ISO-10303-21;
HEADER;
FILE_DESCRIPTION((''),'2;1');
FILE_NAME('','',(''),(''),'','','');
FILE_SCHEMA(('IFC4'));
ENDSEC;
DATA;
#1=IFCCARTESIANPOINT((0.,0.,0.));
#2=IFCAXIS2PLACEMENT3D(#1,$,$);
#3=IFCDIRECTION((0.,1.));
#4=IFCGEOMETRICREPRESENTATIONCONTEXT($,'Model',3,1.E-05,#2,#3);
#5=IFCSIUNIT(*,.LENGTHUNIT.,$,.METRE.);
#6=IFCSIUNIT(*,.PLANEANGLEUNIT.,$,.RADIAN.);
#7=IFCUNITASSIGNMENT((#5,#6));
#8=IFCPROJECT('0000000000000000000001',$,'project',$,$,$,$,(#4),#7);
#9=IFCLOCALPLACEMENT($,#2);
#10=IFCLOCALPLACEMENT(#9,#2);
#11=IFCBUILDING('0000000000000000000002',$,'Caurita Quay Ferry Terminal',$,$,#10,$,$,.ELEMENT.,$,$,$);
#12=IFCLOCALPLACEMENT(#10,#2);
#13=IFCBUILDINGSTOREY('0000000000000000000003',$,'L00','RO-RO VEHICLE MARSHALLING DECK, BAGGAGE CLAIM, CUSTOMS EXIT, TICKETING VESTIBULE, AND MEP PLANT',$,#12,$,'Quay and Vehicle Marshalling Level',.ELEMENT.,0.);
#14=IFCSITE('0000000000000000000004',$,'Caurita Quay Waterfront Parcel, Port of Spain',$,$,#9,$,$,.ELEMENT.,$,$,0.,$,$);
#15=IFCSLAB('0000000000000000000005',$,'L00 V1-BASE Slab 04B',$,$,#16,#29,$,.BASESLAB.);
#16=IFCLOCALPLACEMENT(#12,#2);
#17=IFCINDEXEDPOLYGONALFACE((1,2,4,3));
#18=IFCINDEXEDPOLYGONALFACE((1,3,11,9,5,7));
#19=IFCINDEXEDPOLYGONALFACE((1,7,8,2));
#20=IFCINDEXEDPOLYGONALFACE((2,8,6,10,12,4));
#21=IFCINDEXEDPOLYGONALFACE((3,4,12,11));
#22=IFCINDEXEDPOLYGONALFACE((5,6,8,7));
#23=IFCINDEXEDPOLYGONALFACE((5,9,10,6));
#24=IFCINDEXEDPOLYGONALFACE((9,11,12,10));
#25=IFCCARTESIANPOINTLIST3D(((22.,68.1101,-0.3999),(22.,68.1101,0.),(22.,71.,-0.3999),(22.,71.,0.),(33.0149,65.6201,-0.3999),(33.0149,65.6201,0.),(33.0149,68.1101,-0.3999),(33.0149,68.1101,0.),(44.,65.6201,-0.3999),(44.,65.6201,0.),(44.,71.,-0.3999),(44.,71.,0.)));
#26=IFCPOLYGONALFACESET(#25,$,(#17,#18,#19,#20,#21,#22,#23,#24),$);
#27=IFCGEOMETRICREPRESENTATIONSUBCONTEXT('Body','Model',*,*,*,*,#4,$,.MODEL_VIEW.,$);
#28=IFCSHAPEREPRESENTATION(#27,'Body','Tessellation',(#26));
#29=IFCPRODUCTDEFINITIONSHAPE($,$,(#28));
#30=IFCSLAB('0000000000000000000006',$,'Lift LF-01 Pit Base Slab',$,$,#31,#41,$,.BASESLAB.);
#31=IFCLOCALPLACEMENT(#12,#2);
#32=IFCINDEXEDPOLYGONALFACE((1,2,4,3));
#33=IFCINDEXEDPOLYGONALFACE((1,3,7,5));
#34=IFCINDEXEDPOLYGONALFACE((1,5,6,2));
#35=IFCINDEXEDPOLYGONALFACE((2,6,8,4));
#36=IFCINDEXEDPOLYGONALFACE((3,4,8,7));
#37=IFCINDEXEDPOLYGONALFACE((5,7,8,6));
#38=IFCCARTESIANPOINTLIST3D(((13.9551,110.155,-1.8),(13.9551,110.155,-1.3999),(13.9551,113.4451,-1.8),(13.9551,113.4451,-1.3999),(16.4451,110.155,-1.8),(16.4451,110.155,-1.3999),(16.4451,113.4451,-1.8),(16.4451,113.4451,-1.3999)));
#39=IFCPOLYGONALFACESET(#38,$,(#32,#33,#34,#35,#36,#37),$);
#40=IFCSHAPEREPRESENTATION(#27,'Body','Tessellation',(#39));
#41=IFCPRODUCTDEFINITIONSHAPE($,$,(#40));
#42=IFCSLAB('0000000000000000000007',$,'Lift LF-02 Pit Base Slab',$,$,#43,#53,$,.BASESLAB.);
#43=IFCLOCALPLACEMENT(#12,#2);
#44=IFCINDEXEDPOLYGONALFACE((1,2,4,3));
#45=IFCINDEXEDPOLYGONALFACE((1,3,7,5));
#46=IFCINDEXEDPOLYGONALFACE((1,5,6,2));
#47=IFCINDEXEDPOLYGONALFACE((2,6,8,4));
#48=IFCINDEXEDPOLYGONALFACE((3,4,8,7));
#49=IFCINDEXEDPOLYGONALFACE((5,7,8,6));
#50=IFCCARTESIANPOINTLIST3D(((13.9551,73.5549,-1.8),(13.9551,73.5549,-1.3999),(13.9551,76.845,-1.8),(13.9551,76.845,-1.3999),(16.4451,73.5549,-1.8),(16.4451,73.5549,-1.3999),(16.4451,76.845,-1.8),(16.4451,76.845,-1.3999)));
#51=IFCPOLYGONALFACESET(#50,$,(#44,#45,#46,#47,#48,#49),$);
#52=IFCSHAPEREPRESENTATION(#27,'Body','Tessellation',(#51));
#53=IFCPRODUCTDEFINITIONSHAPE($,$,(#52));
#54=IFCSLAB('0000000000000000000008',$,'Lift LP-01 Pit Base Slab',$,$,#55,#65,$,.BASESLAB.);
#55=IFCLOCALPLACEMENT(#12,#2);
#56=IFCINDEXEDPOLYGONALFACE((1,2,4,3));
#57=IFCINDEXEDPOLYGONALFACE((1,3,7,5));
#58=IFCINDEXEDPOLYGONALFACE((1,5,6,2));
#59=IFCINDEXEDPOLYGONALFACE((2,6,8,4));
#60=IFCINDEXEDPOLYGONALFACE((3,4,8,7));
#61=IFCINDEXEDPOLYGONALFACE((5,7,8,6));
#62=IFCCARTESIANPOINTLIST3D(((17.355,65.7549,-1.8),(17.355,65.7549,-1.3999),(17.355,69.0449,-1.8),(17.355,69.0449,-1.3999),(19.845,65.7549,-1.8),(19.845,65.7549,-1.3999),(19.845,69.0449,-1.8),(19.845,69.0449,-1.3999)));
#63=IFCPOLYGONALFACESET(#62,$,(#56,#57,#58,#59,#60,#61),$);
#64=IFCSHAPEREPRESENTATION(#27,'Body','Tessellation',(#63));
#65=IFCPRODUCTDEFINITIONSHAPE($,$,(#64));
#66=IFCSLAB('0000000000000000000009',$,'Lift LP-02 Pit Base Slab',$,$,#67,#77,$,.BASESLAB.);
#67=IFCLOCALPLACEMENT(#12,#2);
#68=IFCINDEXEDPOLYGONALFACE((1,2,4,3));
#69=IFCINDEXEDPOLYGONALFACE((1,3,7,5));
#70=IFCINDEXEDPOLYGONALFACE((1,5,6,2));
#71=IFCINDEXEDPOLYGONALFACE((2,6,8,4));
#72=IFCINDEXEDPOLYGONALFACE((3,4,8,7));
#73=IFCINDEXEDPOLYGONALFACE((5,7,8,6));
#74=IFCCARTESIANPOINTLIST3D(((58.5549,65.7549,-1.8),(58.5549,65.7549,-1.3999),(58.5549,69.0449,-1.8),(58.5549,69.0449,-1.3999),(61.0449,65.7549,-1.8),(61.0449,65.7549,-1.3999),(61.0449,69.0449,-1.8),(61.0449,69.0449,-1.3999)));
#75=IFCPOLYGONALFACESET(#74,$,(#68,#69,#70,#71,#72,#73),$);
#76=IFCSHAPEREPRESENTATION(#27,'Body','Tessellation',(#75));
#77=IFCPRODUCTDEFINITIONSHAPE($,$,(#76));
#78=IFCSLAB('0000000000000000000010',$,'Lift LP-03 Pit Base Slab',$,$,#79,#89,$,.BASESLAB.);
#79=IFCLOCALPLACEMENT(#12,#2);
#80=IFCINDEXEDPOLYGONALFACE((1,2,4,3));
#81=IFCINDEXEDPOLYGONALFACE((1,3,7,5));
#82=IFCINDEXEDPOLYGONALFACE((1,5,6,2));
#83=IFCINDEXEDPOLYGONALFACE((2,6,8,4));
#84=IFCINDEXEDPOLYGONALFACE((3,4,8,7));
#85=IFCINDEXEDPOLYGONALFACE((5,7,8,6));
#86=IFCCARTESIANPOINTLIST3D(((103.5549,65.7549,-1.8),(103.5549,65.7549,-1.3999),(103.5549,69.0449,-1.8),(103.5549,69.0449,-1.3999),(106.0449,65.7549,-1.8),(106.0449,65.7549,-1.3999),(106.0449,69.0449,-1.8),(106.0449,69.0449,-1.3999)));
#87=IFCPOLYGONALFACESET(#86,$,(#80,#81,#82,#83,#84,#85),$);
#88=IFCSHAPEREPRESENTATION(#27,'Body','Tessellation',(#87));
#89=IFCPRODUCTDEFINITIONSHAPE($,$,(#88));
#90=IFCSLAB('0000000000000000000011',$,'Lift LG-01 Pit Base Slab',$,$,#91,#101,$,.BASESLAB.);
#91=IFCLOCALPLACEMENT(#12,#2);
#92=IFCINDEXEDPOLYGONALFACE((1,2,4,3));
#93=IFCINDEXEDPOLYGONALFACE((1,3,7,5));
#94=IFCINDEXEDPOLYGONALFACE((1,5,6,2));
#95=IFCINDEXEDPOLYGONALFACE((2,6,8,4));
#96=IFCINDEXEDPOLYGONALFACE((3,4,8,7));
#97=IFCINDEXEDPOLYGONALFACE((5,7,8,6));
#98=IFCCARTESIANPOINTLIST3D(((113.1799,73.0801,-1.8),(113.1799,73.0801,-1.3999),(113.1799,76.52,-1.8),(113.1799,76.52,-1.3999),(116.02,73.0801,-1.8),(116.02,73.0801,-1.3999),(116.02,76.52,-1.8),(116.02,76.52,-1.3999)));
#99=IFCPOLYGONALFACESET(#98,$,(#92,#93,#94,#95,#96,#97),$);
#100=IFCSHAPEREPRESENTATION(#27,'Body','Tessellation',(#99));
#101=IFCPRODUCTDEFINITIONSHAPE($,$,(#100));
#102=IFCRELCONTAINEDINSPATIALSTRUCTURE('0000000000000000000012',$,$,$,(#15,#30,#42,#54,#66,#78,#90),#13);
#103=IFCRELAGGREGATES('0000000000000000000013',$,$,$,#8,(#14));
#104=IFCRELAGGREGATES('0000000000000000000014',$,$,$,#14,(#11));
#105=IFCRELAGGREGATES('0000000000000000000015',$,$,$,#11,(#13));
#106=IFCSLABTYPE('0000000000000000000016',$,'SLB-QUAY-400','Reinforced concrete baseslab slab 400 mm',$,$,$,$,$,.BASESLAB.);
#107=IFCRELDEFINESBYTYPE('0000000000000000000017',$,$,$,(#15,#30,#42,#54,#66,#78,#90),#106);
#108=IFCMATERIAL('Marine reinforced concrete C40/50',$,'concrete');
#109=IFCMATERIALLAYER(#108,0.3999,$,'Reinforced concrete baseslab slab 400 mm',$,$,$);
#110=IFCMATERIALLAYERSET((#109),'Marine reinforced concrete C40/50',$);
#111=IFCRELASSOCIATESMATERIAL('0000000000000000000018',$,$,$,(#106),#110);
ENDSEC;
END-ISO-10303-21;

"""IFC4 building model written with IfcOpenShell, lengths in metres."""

from ifc_helpers import new_model, si_unit, direction, frame, origin, place, context, subcontext, project, spatial, polyline, outline, extrude, material, layer, layer_set, type_object, element, save


model = new_model("IFC4")

# Units and contexts
model_context = context("Model", 3, precision=1e-05, world=origin(), true_north=direction((0.0, 1.0)))
body_context = subcontext(model_context, "Body", "Model", "MODEL_VIEW")
ifc_project = project(units=[si_unit("LENGTHUNIT", "METRE"), si_unit("PLANEANGLEUNIT", "RADIAN")], contexts=[model_context])

# Site, building, storey
site_placement = place(None, origin())
site = spatial("IfcSite", under=ifc_project, at=site_placement, Name="Caurita Quay Waterfront Parcel, Port of Spain", CompositionType="ELEMENT", RefElevation=0.0)
building_placement = place(site_placement, origin())
building = spatial("IfcBuilding", under=site, at=building_placement, Name="Caurita Quay Ferry Terminal", CompositionType="ELEMENT")
storey_placement = place(building_placement, origin())
storey = spatial("IfcBuildingStorey", under=building, at=storey_placement, Name="L00", Description="RO-RO VEHICLE MARSHALLING DECK, BAGGAGE CLAIM, CUSTOMS EXIT, TICKETING VESTIBULE, AND MEP PLANT", LongName="Quay and Vehicle Marshalling Level", CompositionType="ELEMENT", Elevation=0.0)

# Shared definitions
ifc_material_1 = material(Name="Marine reinforced concrete C40/50", Category="concrete")

# Slabs
ifc_layer_1 = layer(ifc_material_1, 0.3999, Name="Reinforced concrete baseslab slab 400 mm")
ifc_layer_set_1 = layer_set([ifc_layer_1], Name="Marine reinforced concrete C40/50")
slab_type_1 = type_object("IfcSlabType", Name="SLB-QUAY-400", Description="Reinforced concrete baseslab slab 400 mm", PredefinedType="BASESLAB", material=ifc_layer_set_1)
slab_1_placement = place(storey_placement, frame((0.0, 0.0, -0.3999)))
element("IfcSlab", 1, at=slab_1_placement, inside=storey, type_object=slab_type_1, Name="L00 V1-BASE Slab 04B", PredefinedType="BASESLAB", context=body_context, shape_type="SweptSolid", body=[
    extrude(outline(polyline([(33.0149, 65.6201), (44.0, 65.6201), (44.0, 71.0), (22.0, 71.0), (22.0, 68.1101), (33.0149, 68.1101), (33.0149, 65.6201)])), origin(), (0.0, 0.0, 1.0), 0.3999),
])
slab_2_placement = place(storey_placement, frame((0.0, 0.0, -1.8)))
element("IfcSlab", 2, at=slab_2_placement, inside=storey, type_object=slab_type_1, Name="Lift LF-01 Pit Base Slab", PredefinedType="BASESLAB", context=body_context, shape_type="SweptSolid", body=[
    extrude(outline(polyline([(13.9551, 110.155), (16.4451, 110.155), (16.4451, 113.4451), (13.9551, 113.4451), (13.9551, 110.155)])), origin(), (0.0, 0.0, 1.0), 0.4001),
])
slab_3_placement = place(storey_placement, frame((0.0, 0.0, -1.8)))
element("IfcSlab", 3, at=slab_3_placement, inside=storey, type_object=slab_type_1, Name="Lift LF-02 Pit Base Slab", PredefinedType="BASESLAB", context=body_context, shape_type="SweptSolid", body=[
    extrude(outline(polyline([(13.9551, 73.5549), (16.4451, 73.5549), (16.4451, 76.845), (13.9551, 76.845), (13.9551, 73.5549)])), origin(), (0.0, 0.0, 1.0), 0.4001),
])
slab_4_placement = place(storey_placement, frame((0.0, 0.0, -1.8)))
element("IfcSlab", 4, at=slab_4_placement, inside=storey, type_object=slab_type_1, Name="Lift LP-01 Pit Base Slab", PredefinedType="BASESLAB", context=body_context, shape_type="SweptSolid", body=[
    extrude(outline(polyline([(17.355, 65.7549), (19.845, 65.7549), (19.845, 69.0449), (17.355, 69.0449), (17.355, 65.7549)])), origin(), (0.0, 0.0, 1.0), 0.4001),
])
slab_5_placement = place(storey_placement, frame((0.0, 0.0, -1.8)))
element("IfcSlab", 5, at=slab_5_placement, inside=storey, type_object=slab_type_1, Name="Lift LP-02 Pit Base Slab", PredefinedType="BASESLAB", context=body_context, shape_type="SweptSolid", body=[
    extrude(outline(polyline([(58.5549, 65.7549), (61.0449, 65.7549), (61.0449, 69.0449), (58.5549, 69.0449), (58.5549, 65.7549)])), origin(), (0.0, 0.0, 1.0), 0.4001),
])
slab_6_placement = place(storey_placement, frame((0.0, 0.0, -1.8)))
element("IfcSlab", 6, at=slab_6_placement, inside=storey, type_object=slab_type_1, Name="Lift LP-03 Pit Base Slab", PredefinedType="BASESLAB", context=body_context, shape_type="SweptSolid", body=[
    extrude(outline(polyline([(103.5549, 65.7549), (106.0449, 65.7549), (106.0449, 69.0449), (103.5549, 69.0449), (103.5549, 65.7549)])), origin(), (0.0, 0.0, 1.0), 0.4001),
])
slab_7_placement = place(storey_placement, frame((0.0, 0.0, -1.8)))
element("IfcSlab", 7, at=slab_7_placement, inside=storey, type_object=slab_type_1, Name="Lift LG-01 Pit Base Slab", PredefinedType="BASESLAB", context=body_context, shape_type="SweptSolid", body=[
    extrude(outline(polyline([(113.1799, 73.0801), (116.02, 73.0801), (116.02, 76.52), (113.1799, 76.52), (113.1799, 73.0801)])), origin(), (0.0, 0.0, 1.0), 0.4001),
])

save(model, "model.ifc")
